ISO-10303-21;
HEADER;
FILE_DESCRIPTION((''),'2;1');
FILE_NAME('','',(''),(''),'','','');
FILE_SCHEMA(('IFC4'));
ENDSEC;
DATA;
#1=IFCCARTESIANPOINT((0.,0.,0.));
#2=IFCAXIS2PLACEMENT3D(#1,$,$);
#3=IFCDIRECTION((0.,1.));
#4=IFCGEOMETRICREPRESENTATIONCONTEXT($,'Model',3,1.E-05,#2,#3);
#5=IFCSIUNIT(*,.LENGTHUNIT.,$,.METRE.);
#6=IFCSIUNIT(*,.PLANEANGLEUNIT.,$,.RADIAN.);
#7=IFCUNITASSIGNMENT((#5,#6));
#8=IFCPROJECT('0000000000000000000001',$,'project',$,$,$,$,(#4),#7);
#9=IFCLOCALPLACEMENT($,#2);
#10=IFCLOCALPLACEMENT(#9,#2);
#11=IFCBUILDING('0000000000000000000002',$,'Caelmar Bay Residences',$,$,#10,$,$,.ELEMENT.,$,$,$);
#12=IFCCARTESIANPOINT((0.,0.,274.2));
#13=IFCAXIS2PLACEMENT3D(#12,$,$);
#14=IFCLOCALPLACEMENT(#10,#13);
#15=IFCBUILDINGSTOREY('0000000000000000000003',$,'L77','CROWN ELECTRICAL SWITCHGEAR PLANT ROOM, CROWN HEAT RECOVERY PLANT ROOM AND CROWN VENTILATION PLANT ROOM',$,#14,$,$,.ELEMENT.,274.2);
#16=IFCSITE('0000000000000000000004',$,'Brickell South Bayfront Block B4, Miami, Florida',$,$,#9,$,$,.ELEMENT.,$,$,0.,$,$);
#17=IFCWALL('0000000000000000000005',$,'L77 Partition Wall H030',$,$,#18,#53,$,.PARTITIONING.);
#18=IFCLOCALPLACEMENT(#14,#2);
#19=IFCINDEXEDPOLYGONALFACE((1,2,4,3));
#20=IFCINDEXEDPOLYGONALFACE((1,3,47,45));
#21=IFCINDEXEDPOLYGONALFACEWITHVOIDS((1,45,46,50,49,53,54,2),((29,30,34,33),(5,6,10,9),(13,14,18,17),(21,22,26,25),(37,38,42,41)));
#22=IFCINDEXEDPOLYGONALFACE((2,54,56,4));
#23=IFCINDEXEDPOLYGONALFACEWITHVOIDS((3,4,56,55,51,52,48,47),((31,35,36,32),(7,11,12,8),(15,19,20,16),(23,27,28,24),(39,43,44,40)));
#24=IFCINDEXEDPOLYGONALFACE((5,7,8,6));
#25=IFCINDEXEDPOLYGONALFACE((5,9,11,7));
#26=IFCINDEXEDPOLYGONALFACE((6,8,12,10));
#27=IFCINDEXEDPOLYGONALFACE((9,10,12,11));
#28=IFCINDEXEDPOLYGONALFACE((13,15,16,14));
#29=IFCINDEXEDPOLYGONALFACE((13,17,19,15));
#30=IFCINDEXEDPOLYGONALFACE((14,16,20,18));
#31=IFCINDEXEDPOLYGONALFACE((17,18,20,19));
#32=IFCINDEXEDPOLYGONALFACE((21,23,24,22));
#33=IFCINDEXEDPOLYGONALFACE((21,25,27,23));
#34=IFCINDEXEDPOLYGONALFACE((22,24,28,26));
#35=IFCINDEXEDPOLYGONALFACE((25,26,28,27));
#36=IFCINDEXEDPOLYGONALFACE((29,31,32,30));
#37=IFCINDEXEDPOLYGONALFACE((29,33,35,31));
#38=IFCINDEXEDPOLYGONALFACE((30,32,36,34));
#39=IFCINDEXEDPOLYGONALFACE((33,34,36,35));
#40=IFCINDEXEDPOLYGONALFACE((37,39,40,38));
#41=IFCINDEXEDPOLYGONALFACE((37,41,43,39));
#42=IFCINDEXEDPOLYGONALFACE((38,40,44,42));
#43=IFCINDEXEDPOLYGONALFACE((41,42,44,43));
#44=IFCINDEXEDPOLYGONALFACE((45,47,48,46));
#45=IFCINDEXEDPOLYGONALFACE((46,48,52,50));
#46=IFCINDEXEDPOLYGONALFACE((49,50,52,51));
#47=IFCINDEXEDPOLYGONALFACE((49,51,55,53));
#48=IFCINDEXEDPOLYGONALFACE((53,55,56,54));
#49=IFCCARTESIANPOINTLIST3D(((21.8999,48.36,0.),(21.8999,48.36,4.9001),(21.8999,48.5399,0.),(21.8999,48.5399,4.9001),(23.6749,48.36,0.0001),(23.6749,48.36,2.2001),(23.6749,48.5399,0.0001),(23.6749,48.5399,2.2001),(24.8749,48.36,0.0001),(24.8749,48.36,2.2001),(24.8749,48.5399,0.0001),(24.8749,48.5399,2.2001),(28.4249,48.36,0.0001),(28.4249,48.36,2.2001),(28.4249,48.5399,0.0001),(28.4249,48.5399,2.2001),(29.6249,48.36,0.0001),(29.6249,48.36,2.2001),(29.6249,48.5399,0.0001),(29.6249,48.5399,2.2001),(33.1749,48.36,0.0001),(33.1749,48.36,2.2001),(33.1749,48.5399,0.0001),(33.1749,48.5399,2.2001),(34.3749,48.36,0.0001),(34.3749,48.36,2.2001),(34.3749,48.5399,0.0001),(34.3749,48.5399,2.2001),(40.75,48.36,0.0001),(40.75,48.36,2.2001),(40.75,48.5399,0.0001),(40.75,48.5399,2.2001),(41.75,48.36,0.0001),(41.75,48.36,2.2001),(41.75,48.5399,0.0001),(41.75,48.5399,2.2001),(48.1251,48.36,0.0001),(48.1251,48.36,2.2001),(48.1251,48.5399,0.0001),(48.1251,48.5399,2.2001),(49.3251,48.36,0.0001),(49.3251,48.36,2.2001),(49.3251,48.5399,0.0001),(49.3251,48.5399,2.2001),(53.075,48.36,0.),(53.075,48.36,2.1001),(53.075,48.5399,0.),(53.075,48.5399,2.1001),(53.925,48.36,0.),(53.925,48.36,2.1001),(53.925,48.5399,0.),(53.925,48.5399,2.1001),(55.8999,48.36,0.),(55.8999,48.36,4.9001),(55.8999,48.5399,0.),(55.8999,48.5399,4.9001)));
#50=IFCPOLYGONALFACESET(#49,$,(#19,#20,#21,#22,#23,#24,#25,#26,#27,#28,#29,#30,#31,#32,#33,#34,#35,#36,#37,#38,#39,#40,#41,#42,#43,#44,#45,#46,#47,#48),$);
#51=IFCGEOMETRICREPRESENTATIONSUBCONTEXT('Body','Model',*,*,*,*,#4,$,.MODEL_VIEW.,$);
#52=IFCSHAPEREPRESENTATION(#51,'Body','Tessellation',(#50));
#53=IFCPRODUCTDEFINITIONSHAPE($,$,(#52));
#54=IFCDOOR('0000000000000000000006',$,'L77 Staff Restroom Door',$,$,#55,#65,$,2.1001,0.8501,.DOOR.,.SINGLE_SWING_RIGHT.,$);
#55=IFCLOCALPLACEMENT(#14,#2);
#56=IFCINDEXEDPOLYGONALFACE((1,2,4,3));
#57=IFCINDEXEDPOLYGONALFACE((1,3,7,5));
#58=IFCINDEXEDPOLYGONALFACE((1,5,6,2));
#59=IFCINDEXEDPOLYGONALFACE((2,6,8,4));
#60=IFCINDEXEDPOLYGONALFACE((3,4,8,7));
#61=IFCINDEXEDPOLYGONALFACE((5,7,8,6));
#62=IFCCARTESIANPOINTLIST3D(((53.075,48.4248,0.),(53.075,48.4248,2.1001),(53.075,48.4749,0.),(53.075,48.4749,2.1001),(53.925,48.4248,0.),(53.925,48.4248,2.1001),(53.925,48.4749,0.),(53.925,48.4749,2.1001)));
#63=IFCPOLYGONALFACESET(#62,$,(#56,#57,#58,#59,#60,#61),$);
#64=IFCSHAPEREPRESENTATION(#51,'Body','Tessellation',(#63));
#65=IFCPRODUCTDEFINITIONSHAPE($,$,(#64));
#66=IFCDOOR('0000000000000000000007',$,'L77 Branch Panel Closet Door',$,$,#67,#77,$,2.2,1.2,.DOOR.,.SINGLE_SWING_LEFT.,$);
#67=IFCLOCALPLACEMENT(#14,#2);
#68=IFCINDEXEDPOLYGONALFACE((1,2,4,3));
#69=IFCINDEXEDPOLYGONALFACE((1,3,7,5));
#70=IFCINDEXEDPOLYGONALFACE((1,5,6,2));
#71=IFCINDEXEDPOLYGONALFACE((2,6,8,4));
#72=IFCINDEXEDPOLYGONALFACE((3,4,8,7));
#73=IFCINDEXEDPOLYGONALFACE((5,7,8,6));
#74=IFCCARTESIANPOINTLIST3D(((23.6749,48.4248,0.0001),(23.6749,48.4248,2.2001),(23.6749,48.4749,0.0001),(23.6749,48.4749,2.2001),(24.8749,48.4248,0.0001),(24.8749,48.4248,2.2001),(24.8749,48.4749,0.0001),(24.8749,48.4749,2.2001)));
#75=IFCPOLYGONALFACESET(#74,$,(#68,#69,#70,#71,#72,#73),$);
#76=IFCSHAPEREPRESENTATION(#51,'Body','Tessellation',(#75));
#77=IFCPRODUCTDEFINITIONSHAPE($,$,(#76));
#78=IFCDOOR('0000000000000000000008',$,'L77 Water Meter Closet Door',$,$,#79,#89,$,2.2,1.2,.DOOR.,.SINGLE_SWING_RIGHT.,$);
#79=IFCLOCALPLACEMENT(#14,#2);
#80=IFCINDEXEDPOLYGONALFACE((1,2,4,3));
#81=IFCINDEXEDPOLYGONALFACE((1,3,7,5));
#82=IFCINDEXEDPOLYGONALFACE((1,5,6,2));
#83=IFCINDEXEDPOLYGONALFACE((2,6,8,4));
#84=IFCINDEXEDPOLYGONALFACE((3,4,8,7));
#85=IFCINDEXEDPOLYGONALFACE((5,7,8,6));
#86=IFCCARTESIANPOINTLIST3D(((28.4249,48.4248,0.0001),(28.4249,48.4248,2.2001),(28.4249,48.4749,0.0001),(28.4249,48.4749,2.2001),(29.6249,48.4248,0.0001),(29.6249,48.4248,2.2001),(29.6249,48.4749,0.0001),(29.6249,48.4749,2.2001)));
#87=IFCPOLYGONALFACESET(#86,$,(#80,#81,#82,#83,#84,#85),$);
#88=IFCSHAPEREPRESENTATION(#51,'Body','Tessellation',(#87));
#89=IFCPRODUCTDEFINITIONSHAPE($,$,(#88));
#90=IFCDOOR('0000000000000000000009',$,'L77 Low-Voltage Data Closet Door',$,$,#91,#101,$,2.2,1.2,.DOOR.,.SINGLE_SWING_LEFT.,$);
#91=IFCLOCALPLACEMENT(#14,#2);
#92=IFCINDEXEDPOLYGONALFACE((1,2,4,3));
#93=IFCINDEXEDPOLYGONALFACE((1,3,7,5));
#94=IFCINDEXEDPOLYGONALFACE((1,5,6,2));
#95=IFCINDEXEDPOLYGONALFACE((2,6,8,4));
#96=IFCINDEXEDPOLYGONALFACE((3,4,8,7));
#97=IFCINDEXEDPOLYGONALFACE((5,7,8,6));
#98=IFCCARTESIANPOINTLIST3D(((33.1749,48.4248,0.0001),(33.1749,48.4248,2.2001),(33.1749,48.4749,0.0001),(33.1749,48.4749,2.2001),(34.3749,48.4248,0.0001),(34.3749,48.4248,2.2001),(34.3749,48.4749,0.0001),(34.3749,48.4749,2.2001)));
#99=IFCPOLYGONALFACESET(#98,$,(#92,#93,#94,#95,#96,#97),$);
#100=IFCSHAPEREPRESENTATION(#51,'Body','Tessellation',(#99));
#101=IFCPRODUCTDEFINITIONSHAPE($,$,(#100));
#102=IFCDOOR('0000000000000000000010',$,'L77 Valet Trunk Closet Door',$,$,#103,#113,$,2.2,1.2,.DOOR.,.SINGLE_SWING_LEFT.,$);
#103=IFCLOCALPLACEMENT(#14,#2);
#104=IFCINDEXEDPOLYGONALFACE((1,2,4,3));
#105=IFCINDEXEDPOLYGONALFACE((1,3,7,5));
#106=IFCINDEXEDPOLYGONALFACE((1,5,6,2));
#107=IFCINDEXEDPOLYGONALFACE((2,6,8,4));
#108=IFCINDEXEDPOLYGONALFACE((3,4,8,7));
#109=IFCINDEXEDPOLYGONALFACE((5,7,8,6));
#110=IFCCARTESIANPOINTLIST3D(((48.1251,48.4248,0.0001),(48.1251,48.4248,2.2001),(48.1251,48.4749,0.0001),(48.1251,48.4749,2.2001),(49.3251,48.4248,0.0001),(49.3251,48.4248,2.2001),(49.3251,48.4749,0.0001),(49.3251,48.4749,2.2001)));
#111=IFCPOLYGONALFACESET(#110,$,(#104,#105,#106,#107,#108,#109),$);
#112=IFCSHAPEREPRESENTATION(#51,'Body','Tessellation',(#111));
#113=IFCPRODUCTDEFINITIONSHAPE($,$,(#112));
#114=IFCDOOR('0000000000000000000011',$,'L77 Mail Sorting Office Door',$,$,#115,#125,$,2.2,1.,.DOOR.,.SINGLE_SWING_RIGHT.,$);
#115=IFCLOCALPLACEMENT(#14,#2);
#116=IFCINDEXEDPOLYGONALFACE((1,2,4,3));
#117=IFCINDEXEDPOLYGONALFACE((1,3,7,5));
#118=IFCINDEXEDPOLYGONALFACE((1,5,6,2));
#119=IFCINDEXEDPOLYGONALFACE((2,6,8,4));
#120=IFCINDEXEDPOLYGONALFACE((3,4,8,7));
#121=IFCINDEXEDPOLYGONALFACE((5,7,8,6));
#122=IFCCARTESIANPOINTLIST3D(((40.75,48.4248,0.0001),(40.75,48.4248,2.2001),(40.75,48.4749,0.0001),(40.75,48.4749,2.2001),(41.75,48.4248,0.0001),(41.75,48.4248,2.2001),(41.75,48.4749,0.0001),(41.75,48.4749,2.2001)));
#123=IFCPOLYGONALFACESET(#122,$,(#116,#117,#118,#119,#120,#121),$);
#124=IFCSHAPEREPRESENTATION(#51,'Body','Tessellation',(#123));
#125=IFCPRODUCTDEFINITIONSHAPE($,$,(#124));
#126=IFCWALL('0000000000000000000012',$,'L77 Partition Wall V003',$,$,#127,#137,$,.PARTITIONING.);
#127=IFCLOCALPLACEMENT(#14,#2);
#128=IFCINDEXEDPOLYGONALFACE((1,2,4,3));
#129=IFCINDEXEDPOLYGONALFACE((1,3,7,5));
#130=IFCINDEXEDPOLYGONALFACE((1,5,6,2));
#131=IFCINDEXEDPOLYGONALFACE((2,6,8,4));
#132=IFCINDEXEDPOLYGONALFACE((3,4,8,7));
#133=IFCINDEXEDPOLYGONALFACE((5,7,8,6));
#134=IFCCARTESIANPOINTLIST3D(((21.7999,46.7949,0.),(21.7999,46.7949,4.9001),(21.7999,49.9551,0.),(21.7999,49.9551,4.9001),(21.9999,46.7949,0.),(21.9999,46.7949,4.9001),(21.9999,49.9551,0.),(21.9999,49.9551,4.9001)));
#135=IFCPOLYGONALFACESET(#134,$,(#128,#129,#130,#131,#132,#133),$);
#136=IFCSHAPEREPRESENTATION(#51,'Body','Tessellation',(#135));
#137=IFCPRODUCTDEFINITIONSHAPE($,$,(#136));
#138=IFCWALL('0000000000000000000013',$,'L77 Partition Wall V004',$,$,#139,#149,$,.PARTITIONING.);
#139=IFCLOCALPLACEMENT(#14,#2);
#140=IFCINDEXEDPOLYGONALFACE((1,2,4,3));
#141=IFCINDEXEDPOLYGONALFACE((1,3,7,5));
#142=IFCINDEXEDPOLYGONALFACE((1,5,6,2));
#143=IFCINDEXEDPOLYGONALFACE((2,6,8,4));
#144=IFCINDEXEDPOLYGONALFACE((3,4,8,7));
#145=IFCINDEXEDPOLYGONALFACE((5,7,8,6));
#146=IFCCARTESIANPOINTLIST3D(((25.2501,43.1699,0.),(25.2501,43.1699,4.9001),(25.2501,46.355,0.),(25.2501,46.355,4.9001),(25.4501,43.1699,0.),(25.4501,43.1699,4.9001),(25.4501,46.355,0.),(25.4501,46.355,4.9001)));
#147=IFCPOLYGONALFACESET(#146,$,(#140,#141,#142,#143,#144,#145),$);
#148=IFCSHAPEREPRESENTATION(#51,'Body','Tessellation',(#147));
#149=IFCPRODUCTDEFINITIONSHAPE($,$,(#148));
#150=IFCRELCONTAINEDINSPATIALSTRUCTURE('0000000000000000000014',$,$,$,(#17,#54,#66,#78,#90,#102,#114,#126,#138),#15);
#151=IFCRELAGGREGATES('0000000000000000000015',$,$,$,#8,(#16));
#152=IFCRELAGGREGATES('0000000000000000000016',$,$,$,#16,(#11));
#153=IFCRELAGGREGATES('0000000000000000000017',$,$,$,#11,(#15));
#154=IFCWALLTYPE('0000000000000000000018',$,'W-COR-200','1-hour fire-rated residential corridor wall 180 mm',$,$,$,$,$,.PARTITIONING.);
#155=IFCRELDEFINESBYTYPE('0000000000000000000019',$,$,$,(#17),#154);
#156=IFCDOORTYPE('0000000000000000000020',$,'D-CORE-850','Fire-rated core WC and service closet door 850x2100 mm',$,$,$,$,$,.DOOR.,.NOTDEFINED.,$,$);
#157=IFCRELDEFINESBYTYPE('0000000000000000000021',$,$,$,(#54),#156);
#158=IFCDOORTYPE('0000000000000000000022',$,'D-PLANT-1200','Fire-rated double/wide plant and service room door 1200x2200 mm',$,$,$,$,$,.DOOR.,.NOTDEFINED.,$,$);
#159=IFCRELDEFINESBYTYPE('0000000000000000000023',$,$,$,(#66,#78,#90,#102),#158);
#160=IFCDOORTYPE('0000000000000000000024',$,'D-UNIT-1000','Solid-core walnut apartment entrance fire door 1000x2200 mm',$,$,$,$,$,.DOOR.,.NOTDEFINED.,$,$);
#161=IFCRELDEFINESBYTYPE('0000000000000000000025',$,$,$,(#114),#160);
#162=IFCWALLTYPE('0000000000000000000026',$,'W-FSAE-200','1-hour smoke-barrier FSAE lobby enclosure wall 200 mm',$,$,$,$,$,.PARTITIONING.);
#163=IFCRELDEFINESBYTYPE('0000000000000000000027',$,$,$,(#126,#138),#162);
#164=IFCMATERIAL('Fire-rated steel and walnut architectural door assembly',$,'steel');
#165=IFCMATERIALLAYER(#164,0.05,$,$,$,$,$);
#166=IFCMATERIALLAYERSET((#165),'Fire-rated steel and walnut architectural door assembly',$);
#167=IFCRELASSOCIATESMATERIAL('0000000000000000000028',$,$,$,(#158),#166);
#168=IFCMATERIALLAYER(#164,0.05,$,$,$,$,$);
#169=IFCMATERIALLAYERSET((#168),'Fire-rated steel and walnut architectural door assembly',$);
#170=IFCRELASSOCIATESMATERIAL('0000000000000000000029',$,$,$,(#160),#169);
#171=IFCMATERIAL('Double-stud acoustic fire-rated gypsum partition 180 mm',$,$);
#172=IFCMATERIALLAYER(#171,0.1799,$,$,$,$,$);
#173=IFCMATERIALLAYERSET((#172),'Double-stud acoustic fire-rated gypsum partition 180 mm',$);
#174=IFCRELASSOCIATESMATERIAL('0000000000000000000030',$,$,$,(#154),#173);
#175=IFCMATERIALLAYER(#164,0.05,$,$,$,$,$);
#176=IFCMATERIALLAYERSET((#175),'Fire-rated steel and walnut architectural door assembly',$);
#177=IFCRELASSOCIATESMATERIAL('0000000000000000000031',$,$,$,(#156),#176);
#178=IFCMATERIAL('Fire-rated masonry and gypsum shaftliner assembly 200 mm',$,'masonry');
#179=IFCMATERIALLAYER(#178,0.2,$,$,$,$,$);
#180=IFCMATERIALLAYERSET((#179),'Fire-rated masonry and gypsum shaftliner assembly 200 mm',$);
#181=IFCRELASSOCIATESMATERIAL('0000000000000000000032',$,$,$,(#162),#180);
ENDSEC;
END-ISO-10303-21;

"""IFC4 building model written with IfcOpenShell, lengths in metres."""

from ifc_helpers import new_model, si_unit, direction, frame, frame_2d, origin, place, context, subcontext, project, spatial, rectangle, extrude, material, layer, layer_set, type_object, element, fill, save


model = new_model("IFC4")

# Units and contexts
model_context = context("Model", 3, precision=1e-05, world=origin(), true_north=direction((0.0, 1.0)))
body_context = subcontext(model_context, "Body", "Model", "MODEL_VIEW")
ifc_project = project(units=[si_unit("LENGTHUNIT", "METRE"), si_unit("PLANEANGLEUNIT", "RADIAN")], contexts=[model_context])

# Site, building, storey
site_placement = place(None, origin())
site = spatial("IfcSite", under=ifc_project, at=site_placement, Name="Brickell South Bayfront Block B4, Miami, Florida", CompositionType="ELEMENT", RefElevation=0.0)
building_placement = place(site_placement, origin())
building = spatial("IfcBuilding", under=site, at=building_placement, Name="Caelmar Bay Residences", CompositionType="ELEMENT")
storey_placement = place(building_placement, frame((0.0, 0.0, 274.2)))
storey = spatial("IfcBuildingStorey", under=building, at=storey_placement, Name="L77", Description="CROWN ELECTRICAL SWITCHGEAR PLANT ROOM, CROWN HEAT RECOVERY PLANT ROOM AND CROWN VENTILATION PLANT ROOM", CompositionType="ELEMENT", Elevation=274.2)

# Shared definitions
ifc_material_1 = material(Name="Fire-rated steel and walnut architectural door assembly", Category="steel")
ifc_layer_1 = layer(ifc_material_1, 0.05)
ifc_layer_set_1 = layer_set([ifc_layer_1], Name="Fire-rated steel and walnut architectural door assembly")
door_type_1 = type_object("IfcDoorType", Name="D-PLANT-1200", Description="Fire-rated double/wide plant and service room door 1200x2200 mm", OperationType="NOTDEFINED", PredefinedType="DOOR", material=ifc_layer_set_1)
ifc_layer_2 = layer(ifc_material_1, 0.05)
ifc_layer_set_2 = layer_set([ifc_layer_2], Name="Fire-rated steel and walnut architectural door assembly")
door_type_2 = type_object("IfcDoorType", Name="D-UNIT-1000", Description="Solid-core walnut apartment entrance fire door 1000x2200 mm", OperationType="NOTDEFINED", PredefinedType="DOOR", material=ifc_layer_set_2)

# Shared definitions
ifc_material_2 = material(Name="Double-stud acoustic fire-rated gypsum partition 180 mm")
ifc_layer_3 = layer(ifc_material_2, 0.1799)
ifc_layer_set_3 = layer_set([ifc_layer_3], Name="Double-stud acoustic fire-rated gypsum partition 180 mm")
wall_type_1 = type_object("IfcWallType", Name="W-COR-200", Description="1-hour fire-rated residential corridor wall 180 mm", PredefinedType="PARTITIONING", material=ifc_layer_set_3)

# Wall, openings, doors
wall_1_placement = place(storey_placement, frame((21.8999, 48.45, 0.0), z_axis=(0.0, 0.0, 1.0), x_axis=(1.0, 0.0, 0.0)))
wall_1 = element("IfcWall", 1, at=wall_1_placement, inside=storey, type_object=wall_type_1, Name="L77 Partition Wall H030", PredefinedType="PARTITIONING", context=body_context, shape_type="SweptSolid", body=[
    extrude(rectangle(XDim=34.0, YDim=0.1799, at=frame_2d((17.0, 0.0))), origin(), (0.0, 0.0, 1.0), 4.9001),
])
opening_1_placement = place(wall_1_placement, frame((1.7749, 0.0, 0.0)))
opening_1 = element("IfcOpeningElement", 2, at=opening_1_placement, cuts=wall_1, PredefinedType="OPENING", context=body_context, shape_type="SweptSolid", body=[
    extrude(rectangle(XDim=1.2, YDim=2.2, at=frame_2d((0.6001, 1.1001))), frame((0.0, 0.0999, 0.0), z_axis=(0.0, -1.0, 0.0), x_axis=(1.0, 0.0, 0.0)), (0.0, 0.0, 1.0), 0.2),
])
opening_2_placement = place(wall_1_placement, frame((6.5249, 0.0, 0.0)))
opening_2 = element("IfcOpeningElement", 3, at=opening_2_placement, cuts=wall_1, PredefinedType="OPENING", context=body_context, shape_type="SweptSolid", body=[
    extrude(rectangle(XDim=1.2, YDim=2.2, at=frame_2d((0.6001, 1.1001))), frame((0.0, 0.0999, 0.0), z_axis=(0.0, -1.0, 0.0), x_axis=(1.0, 0.0, 0.0)), (0.0, 0.0, 1.0), 0.2),
])
opening_3_placement = place(wall_1_placement, frame((11.2749, 0.0, 0.0)))
opening_3 = element("IfcOpeningElement", 4, at=opening_3_placement, cuts=wall_1, PredefinedType="OPENING", context=body_context, shape_type="SweptSolid", body=[
    extrude(rectangle(XDim=1.2, YDim=2.2, at=frame_2d((0.6001, 1.1001))), frame((0.0, 0.0999, 0.0), z_axis=(0.0, -1.0, 0.0), x_axis=(1.0, 0.0, 0.0)), (0.0, 0.0, 1.0), 0.2),
])
opening_4_placement = place(wall_1_placement, frame((18.8501, 0.0, 0.0)))
opening_4 = element("IfcOpeningElement", 5, at=opening_4_placement, cuts=wall_1, PredefinedType="OPENING", context=body_context, shape_type="SweptSolid", body=[
    extrude(rectangle(XDim=1.0, YDim=2.2, at=frame_2d((0.5, 1.1001))), frame((0.0, 0.0999, 0.0), z_axis=(0.0, -1.0, 0.0), x_axis=(1.0, 0.0, 0.0)), (0.0, 0.0, 1.0), 0.2),
])
opening_5_placement = place(wall_1_placement, frame((26.2251, 0.0, 0.0)))
opening_5 = element("IfcOpeningElement", 6, at=opening_5_placement, cuts=wall_1, PredefinedType="OPENING", context=body_context, shape_type="SweptSolid", body=[
    extrude(rectangle(XDim=1.2, YDim=2.2, at=frame_2d((0.6001, 1.1001))), frame((0.0, 0.0999, 0.0), z_axis=(0.0, -1.0, 0.0), x_axis=(1.0, 0.0, 0.0)), (0.0, 0.0, 1.0), 0.2),
])
opening_6_placement = place(wall_1_placement, frame((31.175, 0.0, 0.0)))
opening_6 = element("IfcOpeningElement", 7, at=opening_6_placement, cuts=wall_1, PredefinedType="OPENING", context=body_context, shape_type="SweptSolid", body=[
    extrude(rectangle(XDim=0.8501, YDim=2.1001, at=frame_2d((0.425, 1.05))), frame((0.0, 0.0999, 0.0), z_axis=(0.0, -1.0, 0.0), x_axis=(1.0, 0.0, 0.0)), (0.0, 0.0, 1.0), 0.2),
])
ifc_layer_4 = layer(ifc_material_1, 0.05)
ifc_layer_set_4 = layer_set([ifc_layer_4], Name="Fire-rated steel and walnut architectural door assembly")
door_type_3 = type_object("IfcDoorType", Name="D-CORE-850", Description="Fire-rated core WC and service closet door 850x2100 mm", OperationType="NOTDEFINED", PredefinedType="DOOR", material=ifc_layer_set_4)
door_1_placement = place(opening_6_placement, origin())
door_1 = element("IfcDoor", 8, at=door_1_placement, inside=storey, type_object=door_type_3, Name="L77 Staff Restroom Door", OperationType="SINGLE_SWING_RIGHT", OverallHeight=2.1001, OverallWidth=0.8501, PredefinedType="DOOR", context=body_context, shape_type="SweptSolid", body=[
    extrude(rectangle(XDim=0.8501, YDim=2.1001, at=frame_2d((0.425, 1.05))), frame((0.0, 0.0249, 0.0), z_axis=(0.0, -1.0, 0.0), x_axis=(1.0, 0.0, 0.0)), (0.0, 0.0, 1.0), 0.05),
])
fill(opening_6, door_1)
door_2_placement = place(opening_1_placement, origin())
door_2 = element("IfcDoor", 9, at=door_2_placement, inside=storey, type_object=door_type_1, Name="L77 Branch Panel Closet Door", OperationType="SINGLE_SWING_LEFT", OverallHeight=2.2, OverallWidth=1.2, PredefinedType="DOOR", context=body_context, shape_type="SweptSolid", body=[
    extrude(rectangle(XDim=1.2, YDim=2.2, at=frame_2d((0.6001, 1.1001))), frame((0.0, 0.0249, 0.0), z_axis=(0.0, -1.0, 0.0), x_axis=(1.0, 0.0, 0.0)), (0.0, 0.0, 1.0), 0.05),
])
fill(opening_1, door_2)
door_3_placement = place(opening_2_placement, origin())
door_3 = element("IfcDoor", 10, at=door_3_placement, inside=storey, type_object=door_type_1, Name="L77 Water Meter Closet Door", OperationType="SINGLE_SWING_RIGHT", OverallHeight=2.2, OverallWidth=1.2, PredefinedType="DOOR", context=body_context, shape_type="SweptSolid", body=[
    extrude(rectangle(XDim=1.2, YDim=2.2, at=frame_2d((0.6001, 1.1001))), frame((0.0, 0.0249, 0.0), z_axis=(0.0, -1.0, 0.0), x_axis=(1.0, 0.0, 0.0)), (0.0, 0.0, 1.0), 0.05),
])
fill(opening_2, door_3)
door_4_placement = place(opening_3_placement, origin())
door_4 = element("IfcDoor", 11, at=door_4_placement, inside=storey, type_object=door_type_1, Name="L77 Low-Voltage Data Closet Door", OperationType="SINGLE_SWING_LEFT", OverallHeight=2.2, OverallWidth=1.2, PredefinedType="DOOR", context=body_context, shape_type="SweptSolid", body=[
    extrude(rectangle(XDim=1.2, YDim=2.2, at=frame_2d((0.6001, 1.1001))), frame((0.0, 0.0249, 0.0), z_axis=(0.0, -1.0, 0.0), x_axis=(1.0, 0.0, 0.0)), (0.0, 0.0, 1.0), 0.05),
])
fill(opening_3, door_4)
door_5_placement = place(opening_5_placement, origin())
door_5 = element("IfcDoor", 12, at=door_5_placement, inside=storey, type_object=door_type_1, Name="L77 Valet Trunk Closet Door", OperationType="SINGLE_SWING_LEFT", OverallHeight=2.2, OverallWidth=1.2, PredefinedType="DOOR", context=body_context, shape_type="SweptSolid", body=[
    extrude(rectangle(XDim=1.2, YDim=2.2, at=frame_2d((0.6001, 1.1001))), frame((0.0, 0.0249, 0.0), z_axis=(0.0, -1.0, 0.0), x_axis=(1.0, 0.0, 0.0)), (0.0, 0.0, 1.0), 0.05),
])
fill(opening_5, door_5)
door_6_placement = place(opening_4_placement, origin())
door_6 = element("IfcDoor", 13, at=door_6_placement, inside=storey, type_object=door_type_2, Name="L77 Mail Sorting Office Door", OperationType="SINGLE_SWING_RIGHT", OverallHeight=2.2, OverallWidth=1.0, PredefinedType="DOOR", context=body_context, shape_type="SweptSolid", body=[
    extrude(rectangle(XDim=1.0, YDim=2.2, at=frame_2d((0.5, 1.1001))), frame((0.0, 0.0249, 0.0), z_axis=(0.0, -1.0, 0.0), x_axis=(1.0, 0.0, 0.0)), (0.0, 0.0, 1.0), 0.05),
])
fill(opening_4, door_6)

# Walls
ifc_material_3 = material(Name="Fire-rated masonry and gypsum shaftliner assembly 200 mm", Category="masonry")
ifc_layer_5 = layer(ifc_material_3, 0.2)
ifc_layer_set_5 = layer_set([ifc_layer_5], Name="Fire-rated masonry and gypsum shaftliner assembly 200 mm")
wall_type_2 = type_object("IfcWallType", Name="W-FSAE-200", Description="1-hour smoke-barrier FSAE lobby enclosure wall 200 mm", PredefinedType="PARTITIONING", material=ifc_layer_set_5)
wall_2_placement = place(storey_placement, frame((21.8999, 46.7949, 0.0), z_axis=(0.0, 0.0, 1.0), x_axis=(0.0, 1.0, 0.0)))
element("IfcWall", 14, at=wall_2_placement, inside=storey, type_object=wall_type_2, Name="L77 Partition Wall V003", PredefinedType="PARTITIONING", context=body_context, shape_type="SweptSolid", body=[
    extrude(rectangle(XDim=3.1602, YDim=0.2, at=frame_2d((1.5801, 0.0))), origin(), (0.0, 0.0, 1.0), 4.9001),
])
wall_3_placement = place(storey_placement, frame((25.3501, 43.1699, 0.0), z_axis=(0.0, 0.0, 1.0), x_axis=(0.0, 1.0, 0.0)))
element("IfcWall", 15, at=wall_3_placement, inside=storey, type_object=wall_type_2, Name="L77 Partition Wall V004", PredefinedType="PARTITIONING", context=body_context, shape_type="SweptSolid", body=[
    extrude(rectangle(XDim=3.1851, YDim=0.2, at=frame_2d((1.5925, 0.0))), origin(), (0.0, 0.0, 1.0), 4.9001),
])

save(model, "model.ifc")
